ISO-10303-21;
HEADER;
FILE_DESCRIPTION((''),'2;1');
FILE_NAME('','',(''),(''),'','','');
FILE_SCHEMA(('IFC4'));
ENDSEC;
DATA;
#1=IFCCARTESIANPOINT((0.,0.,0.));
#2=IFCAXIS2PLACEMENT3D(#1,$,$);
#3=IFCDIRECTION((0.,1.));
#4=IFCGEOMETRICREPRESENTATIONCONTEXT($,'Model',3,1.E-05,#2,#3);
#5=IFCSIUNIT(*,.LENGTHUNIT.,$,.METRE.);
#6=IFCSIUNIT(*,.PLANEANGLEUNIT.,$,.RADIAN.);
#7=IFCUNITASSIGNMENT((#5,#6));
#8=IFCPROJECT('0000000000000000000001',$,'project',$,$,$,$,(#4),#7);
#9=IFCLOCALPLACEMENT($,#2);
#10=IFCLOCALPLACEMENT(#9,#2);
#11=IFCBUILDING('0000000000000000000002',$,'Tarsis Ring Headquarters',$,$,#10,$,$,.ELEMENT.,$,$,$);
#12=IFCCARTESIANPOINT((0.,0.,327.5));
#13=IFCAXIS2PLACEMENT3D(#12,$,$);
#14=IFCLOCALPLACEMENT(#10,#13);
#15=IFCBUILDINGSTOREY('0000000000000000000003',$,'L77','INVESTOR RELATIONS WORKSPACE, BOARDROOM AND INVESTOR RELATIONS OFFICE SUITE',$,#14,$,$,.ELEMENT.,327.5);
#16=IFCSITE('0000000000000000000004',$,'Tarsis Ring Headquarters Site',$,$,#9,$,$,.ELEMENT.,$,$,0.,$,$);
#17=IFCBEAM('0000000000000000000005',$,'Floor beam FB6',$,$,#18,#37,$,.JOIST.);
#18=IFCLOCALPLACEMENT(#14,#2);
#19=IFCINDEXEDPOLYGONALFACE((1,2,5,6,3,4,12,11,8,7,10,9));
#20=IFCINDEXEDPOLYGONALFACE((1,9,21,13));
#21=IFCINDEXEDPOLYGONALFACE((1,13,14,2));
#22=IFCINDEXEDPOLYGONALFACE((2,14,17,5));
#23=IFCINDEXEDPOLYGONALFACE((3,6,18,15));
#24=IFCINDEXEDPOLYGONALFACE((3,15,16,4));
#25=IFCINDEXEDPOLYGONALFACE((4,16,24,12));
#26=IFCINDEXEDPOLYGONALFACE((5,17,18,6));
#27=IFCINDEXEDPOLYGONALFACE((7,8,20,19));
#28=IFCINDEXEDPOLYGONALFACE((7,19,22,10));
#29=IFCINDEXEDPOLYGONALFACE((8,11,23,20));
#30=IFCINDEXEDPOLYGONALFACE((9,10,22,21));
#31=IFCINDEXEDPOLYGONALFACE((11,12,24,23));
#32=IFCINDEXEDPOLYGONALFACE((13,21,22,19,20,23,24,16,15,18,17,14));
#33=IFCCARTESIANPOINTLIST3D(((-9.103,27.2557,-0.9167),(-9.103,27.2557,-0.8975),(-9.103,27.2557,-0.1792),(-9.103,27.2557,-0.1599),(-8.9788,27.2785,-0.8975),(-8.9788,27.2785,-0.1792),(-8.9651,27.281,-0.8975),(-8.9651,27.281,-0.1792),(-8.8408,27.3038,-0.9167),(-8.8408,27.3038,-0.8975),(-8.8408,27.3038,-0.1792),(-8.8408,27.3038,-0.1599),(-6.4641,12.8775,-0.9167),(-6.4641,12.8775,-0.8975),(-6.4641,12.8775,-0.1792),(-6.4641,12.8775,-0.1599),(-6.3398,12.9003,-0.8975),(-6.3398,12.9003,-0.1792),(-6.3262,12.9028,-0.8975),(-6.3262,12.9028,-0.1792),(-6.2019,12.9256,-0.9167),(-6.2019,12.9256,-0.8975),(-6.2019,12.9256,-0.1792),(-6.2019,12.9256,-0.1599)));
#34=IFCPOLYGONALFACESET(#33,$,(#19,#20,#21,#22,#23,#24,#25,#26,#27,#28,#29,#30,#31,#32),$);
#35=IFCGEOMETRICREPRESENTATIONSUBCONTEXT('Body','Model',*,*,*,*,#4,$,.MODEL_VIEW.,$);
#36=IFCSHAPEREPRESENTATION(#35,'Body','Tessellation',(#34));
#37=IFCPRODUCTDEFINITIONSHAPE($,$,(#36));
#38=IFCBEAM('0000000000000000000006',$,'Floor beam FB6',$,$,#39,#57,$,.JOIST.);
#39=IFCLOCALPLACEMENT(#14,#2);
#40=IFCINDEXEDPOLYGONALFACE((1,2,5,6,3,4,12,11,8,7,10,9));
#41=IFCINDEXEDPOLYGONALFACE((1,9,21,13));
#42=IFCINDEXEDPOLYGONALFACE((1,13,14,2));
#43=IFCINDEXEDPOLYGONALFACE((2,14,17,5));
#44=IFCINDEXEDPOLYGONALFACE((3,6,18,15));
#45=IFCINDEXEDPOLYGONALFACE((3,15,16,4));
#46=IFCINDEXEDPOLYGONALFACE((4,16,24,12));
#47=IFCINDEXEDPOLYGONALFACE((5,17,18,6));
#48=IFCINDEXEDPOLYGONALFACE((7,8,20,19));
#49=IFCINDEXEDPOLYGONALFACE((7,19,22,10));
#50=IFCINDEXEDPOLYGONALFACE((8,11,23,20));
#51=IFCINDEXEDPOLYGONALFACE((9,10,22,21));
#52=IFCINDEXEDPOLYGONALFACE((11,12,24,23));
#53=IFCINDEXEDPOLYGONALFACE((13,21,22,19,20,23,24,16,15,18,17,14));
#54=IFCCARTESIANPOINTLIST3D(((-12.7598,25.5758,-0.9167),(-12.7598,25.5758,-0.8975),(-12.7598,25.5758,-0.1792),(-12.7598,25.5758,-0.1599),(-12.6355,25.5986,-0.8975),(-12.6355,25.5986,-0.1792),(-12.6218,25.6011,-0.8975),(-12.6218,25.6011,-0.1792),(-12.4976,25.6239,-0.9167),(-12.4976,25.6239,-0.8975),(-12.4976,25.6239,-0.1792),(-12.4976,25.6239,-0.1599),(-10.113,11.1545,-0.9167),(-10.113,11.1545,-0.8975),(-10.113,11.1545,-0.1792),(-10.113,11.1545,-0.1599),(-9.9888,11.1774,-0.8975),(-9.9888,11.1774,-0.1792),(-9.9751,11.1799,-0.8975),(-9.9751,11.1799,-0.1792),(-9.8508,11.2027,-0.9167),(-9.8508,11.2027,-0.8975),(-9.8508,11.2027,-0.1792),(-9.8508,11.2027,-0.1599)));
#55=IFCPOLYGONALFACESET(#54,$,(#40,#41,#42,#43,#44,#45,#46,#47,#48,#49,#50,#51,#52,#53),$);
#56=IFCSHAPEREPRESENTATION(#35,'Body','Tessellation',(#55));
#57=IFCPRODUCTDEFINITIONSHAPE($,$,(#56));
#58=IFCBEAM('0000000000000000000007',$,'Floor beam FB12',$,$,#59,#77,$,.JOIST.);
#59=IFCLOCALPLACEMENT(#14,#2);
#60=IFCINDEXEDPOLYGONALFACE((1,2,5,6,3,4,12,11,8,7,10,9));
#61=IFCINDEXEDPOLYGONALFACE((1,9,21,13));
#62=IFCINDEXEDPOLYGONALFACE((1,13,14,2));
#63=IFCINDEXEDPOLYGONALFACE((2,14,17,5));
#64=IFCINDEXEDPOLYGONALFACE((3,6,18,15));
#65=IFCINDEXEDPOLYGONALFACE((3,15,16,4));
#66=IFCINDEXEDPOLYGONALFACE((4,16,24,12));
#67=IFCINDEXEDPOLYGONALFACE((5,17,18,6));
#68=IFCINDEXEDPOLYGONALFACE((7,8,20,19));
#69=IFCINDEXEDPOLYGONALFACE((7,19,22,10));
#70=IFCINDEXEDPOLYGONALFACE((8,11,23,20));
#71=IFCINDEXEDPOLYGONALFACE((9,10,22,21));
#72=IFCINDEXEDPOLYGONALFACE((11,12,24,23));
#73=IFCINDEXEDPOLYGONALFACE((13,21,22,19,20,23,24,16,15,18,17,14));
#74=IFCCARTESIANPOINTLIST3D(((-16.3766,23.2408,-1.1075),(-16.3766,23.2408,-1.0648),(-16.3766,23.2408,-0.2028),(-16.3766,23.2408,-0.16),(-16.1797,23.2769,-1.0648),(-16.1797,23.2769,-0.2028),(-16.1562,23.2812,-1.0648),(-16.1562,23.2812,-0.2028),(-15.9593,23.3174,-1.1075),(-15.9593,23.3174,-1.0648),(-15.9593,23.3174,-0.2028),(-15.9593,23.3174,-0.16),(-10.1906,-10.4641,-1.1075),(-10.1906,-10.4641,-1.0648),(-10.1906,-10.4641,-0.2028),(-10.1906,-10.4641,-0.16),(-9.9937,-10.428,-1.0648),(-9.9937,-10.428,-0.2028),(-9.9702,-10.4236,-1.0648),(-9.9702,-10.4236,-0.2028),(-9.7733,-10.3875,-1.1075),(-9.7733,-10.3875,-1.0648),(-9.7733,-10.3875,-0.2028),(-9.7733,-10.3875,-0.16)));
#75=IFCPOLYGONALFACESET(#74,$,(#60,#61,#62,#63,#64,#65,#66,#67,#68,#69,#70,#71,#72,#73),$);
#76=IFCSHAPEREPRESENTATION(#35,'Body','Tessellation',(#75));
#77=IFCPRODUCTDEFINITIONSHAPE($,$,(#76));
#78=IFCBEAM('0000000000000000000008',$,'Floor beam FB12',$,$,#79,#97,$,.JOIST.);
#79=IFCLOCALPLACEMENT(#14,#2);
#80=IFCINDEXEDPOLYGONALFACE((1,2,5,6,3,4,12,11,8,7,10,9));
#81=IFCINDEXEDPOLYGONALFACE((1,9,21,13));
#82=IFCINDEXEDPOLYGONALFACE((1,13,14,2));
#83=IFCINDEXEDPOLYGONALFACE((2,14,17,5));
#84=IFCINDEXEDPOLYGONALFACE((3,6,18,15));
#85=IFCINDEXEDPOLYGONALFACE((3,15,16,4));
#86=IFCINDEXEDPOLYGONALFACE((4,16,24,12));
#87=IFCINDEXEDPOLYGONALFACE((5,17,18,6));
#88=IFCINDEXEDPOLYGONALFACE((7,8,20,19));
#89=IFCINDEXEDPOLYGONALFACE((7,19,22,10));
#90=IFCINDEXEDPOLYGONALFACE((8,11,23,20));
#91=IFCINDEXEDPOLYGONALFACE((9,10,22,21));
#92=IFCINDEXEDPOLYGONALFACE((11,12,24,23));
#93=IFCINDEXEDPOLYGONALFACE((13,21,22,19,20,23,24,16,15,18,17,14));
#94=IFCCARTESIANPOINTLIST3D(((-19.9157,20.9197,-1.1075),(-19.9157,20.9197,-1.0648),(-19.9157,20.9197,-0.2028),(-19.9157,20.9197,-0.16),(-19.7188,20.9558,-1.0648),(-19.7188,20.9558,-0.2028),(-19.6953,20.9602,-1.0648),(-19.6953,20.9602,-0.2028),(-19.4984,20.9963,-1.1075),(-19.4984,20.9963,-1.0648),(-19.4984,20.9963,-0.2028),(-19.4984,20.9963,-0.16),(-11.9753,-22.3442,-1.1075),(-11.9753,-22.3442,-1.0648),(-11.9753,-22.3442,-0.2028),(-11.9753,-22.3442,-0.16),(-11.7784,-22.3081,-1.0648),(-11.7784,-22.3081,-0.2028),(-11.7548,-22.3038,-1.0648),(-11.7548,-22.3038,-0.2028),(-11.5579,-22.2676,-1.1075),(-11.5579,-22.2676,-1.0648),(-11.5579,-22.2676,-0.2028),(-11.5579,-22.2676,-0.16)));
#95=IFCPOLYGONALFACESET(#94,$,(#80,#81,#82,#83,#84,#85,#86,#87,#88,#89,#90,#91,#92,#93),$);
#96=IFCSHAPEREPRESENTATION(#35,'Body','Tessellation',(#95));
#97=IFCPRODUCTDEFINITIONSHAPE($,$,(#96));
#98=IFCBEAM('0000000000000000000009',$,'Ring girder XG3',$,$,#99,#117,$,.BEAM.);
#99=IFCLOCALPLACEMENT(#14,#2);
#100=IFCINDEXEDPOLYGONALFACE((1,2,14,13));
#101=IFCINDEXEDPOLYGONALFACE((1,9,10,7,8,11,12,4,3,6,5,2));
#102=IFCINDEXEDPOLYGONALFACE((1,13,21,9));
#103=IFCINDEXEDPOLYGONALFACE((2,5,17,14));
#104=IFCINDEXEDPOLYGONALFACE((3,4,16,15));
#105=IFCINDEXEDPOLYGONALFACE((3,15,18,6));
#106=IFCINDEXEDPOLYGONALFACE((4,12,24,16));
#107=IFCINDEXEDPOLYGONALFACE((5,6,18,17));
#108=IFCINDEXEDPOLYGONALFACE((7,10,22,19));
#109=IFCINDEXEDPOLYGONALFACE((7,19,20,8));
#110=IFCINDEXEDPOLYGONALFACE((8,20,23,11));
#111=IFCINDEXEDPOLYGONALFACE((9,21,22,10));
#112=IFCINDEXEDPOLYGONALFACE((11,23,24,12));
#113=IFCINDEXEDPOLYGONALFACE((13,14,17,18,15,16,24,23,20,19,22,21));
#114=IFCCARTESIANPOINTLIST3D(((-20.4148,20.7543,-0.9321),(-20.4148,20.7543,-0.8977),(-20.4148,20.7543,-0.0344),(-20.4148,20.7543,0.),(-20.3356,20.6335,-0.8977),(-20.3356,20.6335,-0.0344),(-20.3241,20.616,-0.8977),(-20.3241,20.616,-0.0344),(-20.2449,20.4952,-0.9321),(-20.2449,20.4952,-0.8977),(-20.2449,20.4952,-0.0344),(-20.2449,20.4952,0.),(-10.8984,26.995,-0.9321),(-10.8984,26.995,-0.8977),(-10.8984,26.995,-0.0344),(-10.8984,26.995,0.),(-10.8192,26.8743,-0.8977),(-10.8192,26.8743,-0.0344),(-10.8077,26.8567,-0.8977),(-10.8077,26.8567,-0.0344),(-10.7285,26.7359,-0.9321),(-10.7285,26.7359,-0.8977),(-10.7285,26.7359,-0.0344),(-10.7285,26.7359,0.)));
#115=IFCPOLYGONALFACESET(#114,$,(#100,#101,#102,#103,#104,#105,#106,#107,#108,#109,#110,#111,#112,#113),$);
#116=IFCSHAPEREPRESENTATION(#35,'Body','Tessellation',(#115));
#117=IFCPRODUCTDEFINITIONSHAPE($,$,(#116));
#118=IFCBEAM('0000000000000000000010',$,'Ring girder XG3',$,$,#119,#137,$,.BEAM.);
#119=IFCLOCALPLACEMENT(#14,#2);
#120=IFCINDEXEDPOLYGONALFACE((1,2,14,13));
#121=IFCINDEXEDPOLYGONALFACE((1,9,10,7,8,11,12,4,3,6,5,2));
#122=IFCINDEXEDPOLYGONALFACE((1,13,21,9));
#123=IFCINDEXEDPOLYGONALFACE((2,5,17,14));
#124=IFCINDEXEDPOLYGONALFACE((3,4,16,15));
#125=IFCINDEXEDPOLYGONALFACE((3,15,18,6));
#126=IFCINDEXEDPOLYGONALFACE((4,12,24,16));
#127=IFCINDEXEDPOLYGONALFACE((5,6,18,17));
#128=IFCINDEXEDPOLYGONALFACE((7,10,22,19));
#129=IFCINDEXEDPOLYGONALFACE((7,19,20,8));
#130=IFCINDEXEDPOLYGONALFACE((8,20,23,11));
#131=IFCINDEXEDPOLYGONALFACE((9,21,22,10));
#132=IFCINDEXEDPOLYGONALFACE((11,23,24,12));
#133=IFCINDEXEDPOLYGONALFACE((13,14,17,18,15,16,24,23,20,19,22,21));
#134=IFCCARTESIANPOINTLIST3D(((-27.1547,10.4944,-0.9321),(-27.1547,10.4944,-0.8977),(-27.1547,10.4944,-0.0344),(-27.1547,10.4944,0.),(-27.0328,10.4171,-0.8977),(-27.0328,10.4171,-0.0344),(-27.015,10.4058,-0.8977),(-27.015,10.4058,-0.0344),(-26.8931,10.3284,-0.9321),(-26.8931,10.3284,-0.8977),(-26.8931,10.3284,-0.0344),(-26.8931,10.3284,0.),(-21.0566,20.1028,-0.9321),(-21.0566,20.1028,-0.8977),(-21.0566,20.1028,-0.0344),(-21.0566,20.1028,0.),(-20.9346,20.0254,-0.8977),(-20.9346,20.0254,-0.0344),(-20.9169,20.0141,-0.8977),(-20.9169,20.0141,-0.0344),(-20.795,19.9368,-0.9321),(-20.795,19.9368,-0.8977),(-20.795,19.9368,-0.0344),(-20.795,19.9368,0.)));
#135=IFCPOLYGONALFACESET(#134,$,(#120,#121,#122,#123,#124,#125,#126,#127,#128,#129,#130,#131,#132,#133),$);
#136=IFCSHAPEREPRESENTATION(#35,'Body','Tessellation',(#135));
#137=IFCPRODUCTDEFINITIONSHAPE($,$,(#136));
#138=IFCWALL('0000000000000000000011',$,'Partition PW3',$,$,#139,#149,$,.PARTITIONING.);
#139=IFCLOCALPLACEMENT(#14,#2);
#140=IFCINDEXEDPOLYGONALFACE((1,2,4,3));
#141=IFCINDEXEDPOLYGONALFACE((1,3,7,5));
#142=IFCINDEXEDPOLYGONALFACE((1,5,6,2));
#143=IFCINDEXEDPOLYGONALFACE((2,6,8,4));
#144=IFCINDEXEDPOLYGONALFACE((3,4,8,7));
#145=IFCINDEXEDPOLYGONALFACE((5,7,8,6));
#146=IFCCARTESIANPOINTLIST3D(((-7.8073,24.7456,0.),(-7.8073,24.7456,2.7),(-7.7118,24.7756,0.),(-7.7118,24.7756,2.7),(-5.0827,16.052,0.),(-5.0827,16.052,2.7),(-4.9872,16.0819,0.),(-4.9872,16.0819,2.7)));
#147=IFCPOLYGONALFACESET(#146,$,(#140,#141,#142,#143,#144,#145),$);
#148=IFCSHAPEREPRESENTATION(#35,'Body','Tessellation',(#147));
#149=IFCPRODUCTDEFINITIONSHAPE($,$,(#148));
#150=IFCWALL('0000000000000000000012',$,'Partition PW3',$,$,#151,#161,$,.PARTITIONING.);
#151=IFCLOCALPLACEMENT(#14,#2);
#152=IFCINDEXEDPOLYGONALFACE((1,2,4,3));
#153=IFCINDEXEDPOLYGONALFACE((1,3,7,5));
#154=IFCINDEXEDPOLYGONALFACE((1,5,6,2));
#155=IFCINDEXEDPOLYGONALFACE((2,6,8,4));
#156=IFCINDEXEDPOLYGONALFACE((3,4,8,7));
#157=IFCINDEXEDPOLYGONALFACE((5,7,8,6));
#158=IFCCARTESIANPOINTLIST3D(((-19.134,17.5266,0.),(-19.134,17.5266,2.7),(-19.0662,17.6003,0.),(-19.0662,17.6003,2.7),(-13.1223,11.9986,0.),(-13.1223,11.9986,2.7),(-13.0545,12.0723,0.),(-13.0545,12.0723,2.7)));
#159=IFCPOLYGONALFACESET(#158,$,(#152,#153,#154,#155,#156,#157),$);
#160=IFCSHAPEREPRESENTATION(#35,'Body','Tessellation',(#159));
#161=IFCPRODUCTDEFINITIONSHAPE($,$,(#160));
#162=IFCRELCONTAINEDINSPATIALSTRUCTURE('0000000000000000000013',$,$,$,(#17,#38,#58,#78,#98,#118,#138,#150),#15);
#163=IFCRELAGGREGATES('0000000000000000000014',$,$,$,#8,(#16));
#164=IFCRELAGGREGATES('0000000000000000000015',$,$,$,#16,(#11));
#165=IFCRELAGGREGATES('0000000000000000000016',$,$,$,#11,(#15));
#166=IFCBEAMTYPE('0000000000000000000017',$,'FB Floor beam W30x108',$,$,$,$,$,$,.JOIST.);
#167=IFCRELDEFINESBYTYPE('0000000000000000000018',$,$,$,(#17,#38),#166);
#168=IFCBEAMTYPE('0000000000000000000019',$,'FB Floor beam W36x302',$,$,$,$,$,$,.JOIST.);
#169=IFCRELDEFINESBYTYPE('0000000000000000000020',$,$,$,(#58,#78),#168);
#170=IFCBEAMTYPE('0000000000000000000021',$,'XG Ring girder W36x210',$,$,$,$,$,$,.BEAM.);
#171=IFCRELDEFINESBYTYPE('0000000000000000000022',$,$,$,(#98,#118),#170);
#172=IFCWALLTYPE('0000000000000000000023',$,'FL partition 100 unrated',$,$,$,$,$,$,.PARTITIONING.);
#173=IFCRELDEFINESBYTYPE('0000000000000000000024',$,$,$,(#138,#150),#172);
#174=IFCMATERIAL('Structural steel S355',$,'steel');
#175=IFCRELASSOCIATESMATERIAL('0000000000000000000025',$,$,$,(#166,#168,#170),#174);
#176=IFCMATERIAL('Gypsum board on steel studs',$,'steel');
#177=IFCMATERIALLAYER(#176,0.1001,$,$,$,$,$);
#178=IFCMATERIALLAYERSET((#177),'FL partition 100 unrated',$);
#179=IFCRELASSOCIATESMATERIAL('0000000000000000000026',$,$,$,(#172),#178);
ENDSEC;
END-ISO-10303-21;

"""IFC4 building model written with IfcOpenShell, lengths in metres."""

from ifc_helpers import new_model, si_unit, direction, frame, frame_2d, origin, origin_2d, place, context, subcontext, project, spatial, rectangle, i_section, extrude, material, layer, layer_set, material_profile, profile_set, type_object, element, save


model = new_model("IFC4")

# Units and contexts
model_context = context("Model", 3, precision=1e-05, world=origin(), true_north=direction((0.0, 1.0)))
body_context = subcontext(model_context, "Body", "Model", "MODEL_VIEW")
ifc_project = project(units=[si_unit("LENGTHUNIT", "METRE"), si_unit("PLANEANGLEUNIT", "RADIAN")], contexts=[model_context])

# Site, building, storey
site_placement = place(None, origin())
site = spatial("IfcSite", under=ifc_project, at=site_placement, Name="Tarsis Ring Headquarters Site", CompositionType="ELEMENT", RefElevation=0.0)
building_placement = place(site_placement, origin())
building = spatial("IfcBuilding", under=site, at=building_placement, Name="Tarsis Ring Headquarters", CompositionType="ELEMENT")
storey_placement = place(building_placement, frame((0.0, 0.0, 327.5)))
storey = spatial("IfcBuildingStorey", under=building, at=storey_placement, Name="L77", Description="INVESTOR RELATIONS WORKSPACE, BOARDROOM AND INVESTOR RELATIONS OFFICE SUITE", CompositionType="ELEMENT", Elevation=327.5)

# Shared definitions
ifc_material_1 = material(Name="Structural steel S355", Category="steel")

# Beams
ifc_material_profile_1 = material_profile(ifc_material_1, i_section(OverallWidth=0.2666, OverallDepth=0.7568, WebThickness=0.0139, FlangeThickness=0.0193, at=origin_2d()), Name="W30x108")
ifc_profile_set_1 = profile_set([ifc_material_profile_1], Name="Structural steel S355")
beam_type_1 = type_object("IfcBeamType", Name="FB Floor beam W30x108", PredefinedType="JOIST", material=ifc_profile_set_1)
beam_1_placement = place(storey_placement, frame((-8.9719, 27.2798, -0.5383), z_axis=(0.180521, -0.983571, 0.0), x_axis=(0.983571, 0.180521, 0.0)))
element("IfcBeam", 1, at=beam_1_placement, inside=storey, type_object=beam_type_1, Name="Floor beam FB6", PredefinedType="JOIST", context=body_context, shape_type="SweptSolid", body=[
    extrude(i_section(OverallWidth=0.2666, OverallDepth=0.7568, WebThickness=0.0139, FlangeThickness=0.0193, at=origin_2d()), origin(), (0.0, 0.0, 1.0), 14.6184),
])
beam_2_placement = place(storey_placement, frame((-12.6287, 25.5999, -0.5383), z_axis=(0.180516, -0.983572, 0.0), x_axis=(0.983572, 0.180516, 0.0)))
element("IfcBeam", 2, at=beam_2_placement, inside=storey, type_object=beam_type_1, Name="Floor beam FB6", PredefinedType="JOIST", context=body_context, shape_type="SweptSolid", body=[
    extrude(i_section(OverallWidth=0.2666, OverallDepth=0.7568, WebThickness=0.0139, FlangeThickness=0.0193, at=origin_2d()), origin(), (0.0, 0.0, 1.0), 14.6621),
])
ifc_material_profile_2 = material_profile(ifc_material_1, i_section(OverallWidth=0.4243, OverallDepth=0.9475, WebThickness=0.0239, FlangeThickness=0.0427, at=origin_2d()), Name="W36x302")
ifc_profile_set_2 = profile_set([ifc_material_profile_2], Name="Structural steel S355")
beam_type_2 = type_object("IfcBeamType", Name="FB Floor beam W36x302", PredefinedType="JOIST", material=ifc_profile_set_2)
beam_3_placement = place(storey_placement, frame((-16.168, 23.2791, -0.6338), z_axis=(0.18052, -0.983571, 0.0), x_axis=(0.983571, 0.18052, 0.0)))
element("IfcBeam", 3, at=beam_3_placement, inside=storey, type_object=beam_type_2, Name="Floor beam FB12", PredefinedType="JOIST", context=body_context, shape_type="SweptSolid", body=[
    extrude(i_section(OverallWidth=0.4243, OverallDepth=0.9475, WebThickness=0.0239, FlangeThickness=0.0427, at=origin_2d()), origin(), (0.0, 0.0, 1.0), 34.2678),
])
beam_4_placement = place(storey_placement, frame((-19.707, 20.958, -0.6338), z_axis=(0.180519, -0.983571, 0.0), x_axis=(0.983571, 0.180519, 0.0)))
element("IfcBeam", 4, at=beam_4_placement, inside=storey, type_object=beam_type_2, Name="Floor beam FB12", PredefinedType="JOIST", context=body_context, shape_type="SweptSolid", body=[
    extrude(i_section(OverallWidth=0.4243, OverallDepth=0.9475, WebThickness=0.0239, FlangeThickness=0.0427, at=origin_2d()), origin(), (0.0, 0.0, 1.0), 43.9866),
])
ifc_material_profile_3 = material_profile(ifc_material_1, i_section(OverallWidth=0.3098, OverallDepth=0.9321, WebThickness=0.021, FlangeThickness=0.0344, at=origin_2d()), Name="W36x210")
ifc_profile_set_3 = profile_set([ifc_material_profile_3], Name="Structural steel S355")
beam_type_3 = type_object("IfcBeamType", Name="XG Ring girder W36x210", PredefinedType="BEAM", material=ifc_profile_set_3)
for number, where, z_axis, x_axis, name in (
    (5, (-10.8135, 26.8655, -0.4661), (-0.836225, -0.548387, 0.0), (0.548387, -0.836225, 0.0), "Ring girder XG3"),
    (6, (-20.9258, 20.0198, -0.4661), (-0.535856, -0.844309, 0.0), (0.844309, -0.535856, 0.0), "Ring girder XG3"),
):
    element("IfcBeam", number, at=place(storey_placement, frame(where, z_axis=z_axis, x_axis=x_axis)), inside=storey, type_object=beam_type_3, Name=name, PredefinedType="BEAM", context=body_context, shape_type="SweptSolid", body=[
        extrude(i_section(OverallWidth=0.3098, OverallDepth=0.9321, WebThickness=0.021, FlangeThickness=0.0344, at=origin_2d()), origin(), (0.0, 0.0, 1.0), 11.3801),
    ])

# Walls
ifc_material_2 = material(Name="Gypsum board on steel studs", Category="steel")
ifc_layer_1 = layer(ifc_material_2, 0.1001)
ifc_layer_set_1 = layer_set([ifc_layer_1], Name="FL partition 100 unrated")
wall_type_1 = type_object("IfcWallType", Name="FL partition 100 unrated", PredefinedType="PARTITIONING", material=ifc_layer_set_1)
wall_1_placement = place(storey_placement, frame((-7.7595, 24.7605, 0.0), z_axis=(0.0, 0.0, 1.0), x_axis=(0.299061, -0.954234, 0.0)))
element("IfcWall", 7, at=wall_1_placement, inside=storey, type_object=wall_type_1, Name="Partition PW3", PredefinedType="PARTITIONING", context=body_context, shape_type="SweptSolid", body=[
    extrude(rectangle(XDim=9.1106, YDim=0.1001, at=frame_2d((4.5552, 0.0))), origin(), (0.0, 0.0, 1.0), 2.7),
])
wall_2_placement = place(storey_placement, frame((-19.1001, 17.5635, 0.0), z_axis=(0.0, 0.0, 1.0), x_axis=(0.736096, -0.676877, 0.0)))
element("IfcWall", 8, at=wall_2_placement, inside=storey, type_object=wall_type_1, Name="Partition PW3", PredefinedType="PARTITIONING", context=body_context, shape_type="SweptSolid", body=[
    extrude(rectangle(XDim=8.167, YDim=0.1001, at=frame_2d((4.0835, 0.0))), origin(), (0.0, 0.0, 1.0), 2.7),
])

save(model, "model.ifc")
